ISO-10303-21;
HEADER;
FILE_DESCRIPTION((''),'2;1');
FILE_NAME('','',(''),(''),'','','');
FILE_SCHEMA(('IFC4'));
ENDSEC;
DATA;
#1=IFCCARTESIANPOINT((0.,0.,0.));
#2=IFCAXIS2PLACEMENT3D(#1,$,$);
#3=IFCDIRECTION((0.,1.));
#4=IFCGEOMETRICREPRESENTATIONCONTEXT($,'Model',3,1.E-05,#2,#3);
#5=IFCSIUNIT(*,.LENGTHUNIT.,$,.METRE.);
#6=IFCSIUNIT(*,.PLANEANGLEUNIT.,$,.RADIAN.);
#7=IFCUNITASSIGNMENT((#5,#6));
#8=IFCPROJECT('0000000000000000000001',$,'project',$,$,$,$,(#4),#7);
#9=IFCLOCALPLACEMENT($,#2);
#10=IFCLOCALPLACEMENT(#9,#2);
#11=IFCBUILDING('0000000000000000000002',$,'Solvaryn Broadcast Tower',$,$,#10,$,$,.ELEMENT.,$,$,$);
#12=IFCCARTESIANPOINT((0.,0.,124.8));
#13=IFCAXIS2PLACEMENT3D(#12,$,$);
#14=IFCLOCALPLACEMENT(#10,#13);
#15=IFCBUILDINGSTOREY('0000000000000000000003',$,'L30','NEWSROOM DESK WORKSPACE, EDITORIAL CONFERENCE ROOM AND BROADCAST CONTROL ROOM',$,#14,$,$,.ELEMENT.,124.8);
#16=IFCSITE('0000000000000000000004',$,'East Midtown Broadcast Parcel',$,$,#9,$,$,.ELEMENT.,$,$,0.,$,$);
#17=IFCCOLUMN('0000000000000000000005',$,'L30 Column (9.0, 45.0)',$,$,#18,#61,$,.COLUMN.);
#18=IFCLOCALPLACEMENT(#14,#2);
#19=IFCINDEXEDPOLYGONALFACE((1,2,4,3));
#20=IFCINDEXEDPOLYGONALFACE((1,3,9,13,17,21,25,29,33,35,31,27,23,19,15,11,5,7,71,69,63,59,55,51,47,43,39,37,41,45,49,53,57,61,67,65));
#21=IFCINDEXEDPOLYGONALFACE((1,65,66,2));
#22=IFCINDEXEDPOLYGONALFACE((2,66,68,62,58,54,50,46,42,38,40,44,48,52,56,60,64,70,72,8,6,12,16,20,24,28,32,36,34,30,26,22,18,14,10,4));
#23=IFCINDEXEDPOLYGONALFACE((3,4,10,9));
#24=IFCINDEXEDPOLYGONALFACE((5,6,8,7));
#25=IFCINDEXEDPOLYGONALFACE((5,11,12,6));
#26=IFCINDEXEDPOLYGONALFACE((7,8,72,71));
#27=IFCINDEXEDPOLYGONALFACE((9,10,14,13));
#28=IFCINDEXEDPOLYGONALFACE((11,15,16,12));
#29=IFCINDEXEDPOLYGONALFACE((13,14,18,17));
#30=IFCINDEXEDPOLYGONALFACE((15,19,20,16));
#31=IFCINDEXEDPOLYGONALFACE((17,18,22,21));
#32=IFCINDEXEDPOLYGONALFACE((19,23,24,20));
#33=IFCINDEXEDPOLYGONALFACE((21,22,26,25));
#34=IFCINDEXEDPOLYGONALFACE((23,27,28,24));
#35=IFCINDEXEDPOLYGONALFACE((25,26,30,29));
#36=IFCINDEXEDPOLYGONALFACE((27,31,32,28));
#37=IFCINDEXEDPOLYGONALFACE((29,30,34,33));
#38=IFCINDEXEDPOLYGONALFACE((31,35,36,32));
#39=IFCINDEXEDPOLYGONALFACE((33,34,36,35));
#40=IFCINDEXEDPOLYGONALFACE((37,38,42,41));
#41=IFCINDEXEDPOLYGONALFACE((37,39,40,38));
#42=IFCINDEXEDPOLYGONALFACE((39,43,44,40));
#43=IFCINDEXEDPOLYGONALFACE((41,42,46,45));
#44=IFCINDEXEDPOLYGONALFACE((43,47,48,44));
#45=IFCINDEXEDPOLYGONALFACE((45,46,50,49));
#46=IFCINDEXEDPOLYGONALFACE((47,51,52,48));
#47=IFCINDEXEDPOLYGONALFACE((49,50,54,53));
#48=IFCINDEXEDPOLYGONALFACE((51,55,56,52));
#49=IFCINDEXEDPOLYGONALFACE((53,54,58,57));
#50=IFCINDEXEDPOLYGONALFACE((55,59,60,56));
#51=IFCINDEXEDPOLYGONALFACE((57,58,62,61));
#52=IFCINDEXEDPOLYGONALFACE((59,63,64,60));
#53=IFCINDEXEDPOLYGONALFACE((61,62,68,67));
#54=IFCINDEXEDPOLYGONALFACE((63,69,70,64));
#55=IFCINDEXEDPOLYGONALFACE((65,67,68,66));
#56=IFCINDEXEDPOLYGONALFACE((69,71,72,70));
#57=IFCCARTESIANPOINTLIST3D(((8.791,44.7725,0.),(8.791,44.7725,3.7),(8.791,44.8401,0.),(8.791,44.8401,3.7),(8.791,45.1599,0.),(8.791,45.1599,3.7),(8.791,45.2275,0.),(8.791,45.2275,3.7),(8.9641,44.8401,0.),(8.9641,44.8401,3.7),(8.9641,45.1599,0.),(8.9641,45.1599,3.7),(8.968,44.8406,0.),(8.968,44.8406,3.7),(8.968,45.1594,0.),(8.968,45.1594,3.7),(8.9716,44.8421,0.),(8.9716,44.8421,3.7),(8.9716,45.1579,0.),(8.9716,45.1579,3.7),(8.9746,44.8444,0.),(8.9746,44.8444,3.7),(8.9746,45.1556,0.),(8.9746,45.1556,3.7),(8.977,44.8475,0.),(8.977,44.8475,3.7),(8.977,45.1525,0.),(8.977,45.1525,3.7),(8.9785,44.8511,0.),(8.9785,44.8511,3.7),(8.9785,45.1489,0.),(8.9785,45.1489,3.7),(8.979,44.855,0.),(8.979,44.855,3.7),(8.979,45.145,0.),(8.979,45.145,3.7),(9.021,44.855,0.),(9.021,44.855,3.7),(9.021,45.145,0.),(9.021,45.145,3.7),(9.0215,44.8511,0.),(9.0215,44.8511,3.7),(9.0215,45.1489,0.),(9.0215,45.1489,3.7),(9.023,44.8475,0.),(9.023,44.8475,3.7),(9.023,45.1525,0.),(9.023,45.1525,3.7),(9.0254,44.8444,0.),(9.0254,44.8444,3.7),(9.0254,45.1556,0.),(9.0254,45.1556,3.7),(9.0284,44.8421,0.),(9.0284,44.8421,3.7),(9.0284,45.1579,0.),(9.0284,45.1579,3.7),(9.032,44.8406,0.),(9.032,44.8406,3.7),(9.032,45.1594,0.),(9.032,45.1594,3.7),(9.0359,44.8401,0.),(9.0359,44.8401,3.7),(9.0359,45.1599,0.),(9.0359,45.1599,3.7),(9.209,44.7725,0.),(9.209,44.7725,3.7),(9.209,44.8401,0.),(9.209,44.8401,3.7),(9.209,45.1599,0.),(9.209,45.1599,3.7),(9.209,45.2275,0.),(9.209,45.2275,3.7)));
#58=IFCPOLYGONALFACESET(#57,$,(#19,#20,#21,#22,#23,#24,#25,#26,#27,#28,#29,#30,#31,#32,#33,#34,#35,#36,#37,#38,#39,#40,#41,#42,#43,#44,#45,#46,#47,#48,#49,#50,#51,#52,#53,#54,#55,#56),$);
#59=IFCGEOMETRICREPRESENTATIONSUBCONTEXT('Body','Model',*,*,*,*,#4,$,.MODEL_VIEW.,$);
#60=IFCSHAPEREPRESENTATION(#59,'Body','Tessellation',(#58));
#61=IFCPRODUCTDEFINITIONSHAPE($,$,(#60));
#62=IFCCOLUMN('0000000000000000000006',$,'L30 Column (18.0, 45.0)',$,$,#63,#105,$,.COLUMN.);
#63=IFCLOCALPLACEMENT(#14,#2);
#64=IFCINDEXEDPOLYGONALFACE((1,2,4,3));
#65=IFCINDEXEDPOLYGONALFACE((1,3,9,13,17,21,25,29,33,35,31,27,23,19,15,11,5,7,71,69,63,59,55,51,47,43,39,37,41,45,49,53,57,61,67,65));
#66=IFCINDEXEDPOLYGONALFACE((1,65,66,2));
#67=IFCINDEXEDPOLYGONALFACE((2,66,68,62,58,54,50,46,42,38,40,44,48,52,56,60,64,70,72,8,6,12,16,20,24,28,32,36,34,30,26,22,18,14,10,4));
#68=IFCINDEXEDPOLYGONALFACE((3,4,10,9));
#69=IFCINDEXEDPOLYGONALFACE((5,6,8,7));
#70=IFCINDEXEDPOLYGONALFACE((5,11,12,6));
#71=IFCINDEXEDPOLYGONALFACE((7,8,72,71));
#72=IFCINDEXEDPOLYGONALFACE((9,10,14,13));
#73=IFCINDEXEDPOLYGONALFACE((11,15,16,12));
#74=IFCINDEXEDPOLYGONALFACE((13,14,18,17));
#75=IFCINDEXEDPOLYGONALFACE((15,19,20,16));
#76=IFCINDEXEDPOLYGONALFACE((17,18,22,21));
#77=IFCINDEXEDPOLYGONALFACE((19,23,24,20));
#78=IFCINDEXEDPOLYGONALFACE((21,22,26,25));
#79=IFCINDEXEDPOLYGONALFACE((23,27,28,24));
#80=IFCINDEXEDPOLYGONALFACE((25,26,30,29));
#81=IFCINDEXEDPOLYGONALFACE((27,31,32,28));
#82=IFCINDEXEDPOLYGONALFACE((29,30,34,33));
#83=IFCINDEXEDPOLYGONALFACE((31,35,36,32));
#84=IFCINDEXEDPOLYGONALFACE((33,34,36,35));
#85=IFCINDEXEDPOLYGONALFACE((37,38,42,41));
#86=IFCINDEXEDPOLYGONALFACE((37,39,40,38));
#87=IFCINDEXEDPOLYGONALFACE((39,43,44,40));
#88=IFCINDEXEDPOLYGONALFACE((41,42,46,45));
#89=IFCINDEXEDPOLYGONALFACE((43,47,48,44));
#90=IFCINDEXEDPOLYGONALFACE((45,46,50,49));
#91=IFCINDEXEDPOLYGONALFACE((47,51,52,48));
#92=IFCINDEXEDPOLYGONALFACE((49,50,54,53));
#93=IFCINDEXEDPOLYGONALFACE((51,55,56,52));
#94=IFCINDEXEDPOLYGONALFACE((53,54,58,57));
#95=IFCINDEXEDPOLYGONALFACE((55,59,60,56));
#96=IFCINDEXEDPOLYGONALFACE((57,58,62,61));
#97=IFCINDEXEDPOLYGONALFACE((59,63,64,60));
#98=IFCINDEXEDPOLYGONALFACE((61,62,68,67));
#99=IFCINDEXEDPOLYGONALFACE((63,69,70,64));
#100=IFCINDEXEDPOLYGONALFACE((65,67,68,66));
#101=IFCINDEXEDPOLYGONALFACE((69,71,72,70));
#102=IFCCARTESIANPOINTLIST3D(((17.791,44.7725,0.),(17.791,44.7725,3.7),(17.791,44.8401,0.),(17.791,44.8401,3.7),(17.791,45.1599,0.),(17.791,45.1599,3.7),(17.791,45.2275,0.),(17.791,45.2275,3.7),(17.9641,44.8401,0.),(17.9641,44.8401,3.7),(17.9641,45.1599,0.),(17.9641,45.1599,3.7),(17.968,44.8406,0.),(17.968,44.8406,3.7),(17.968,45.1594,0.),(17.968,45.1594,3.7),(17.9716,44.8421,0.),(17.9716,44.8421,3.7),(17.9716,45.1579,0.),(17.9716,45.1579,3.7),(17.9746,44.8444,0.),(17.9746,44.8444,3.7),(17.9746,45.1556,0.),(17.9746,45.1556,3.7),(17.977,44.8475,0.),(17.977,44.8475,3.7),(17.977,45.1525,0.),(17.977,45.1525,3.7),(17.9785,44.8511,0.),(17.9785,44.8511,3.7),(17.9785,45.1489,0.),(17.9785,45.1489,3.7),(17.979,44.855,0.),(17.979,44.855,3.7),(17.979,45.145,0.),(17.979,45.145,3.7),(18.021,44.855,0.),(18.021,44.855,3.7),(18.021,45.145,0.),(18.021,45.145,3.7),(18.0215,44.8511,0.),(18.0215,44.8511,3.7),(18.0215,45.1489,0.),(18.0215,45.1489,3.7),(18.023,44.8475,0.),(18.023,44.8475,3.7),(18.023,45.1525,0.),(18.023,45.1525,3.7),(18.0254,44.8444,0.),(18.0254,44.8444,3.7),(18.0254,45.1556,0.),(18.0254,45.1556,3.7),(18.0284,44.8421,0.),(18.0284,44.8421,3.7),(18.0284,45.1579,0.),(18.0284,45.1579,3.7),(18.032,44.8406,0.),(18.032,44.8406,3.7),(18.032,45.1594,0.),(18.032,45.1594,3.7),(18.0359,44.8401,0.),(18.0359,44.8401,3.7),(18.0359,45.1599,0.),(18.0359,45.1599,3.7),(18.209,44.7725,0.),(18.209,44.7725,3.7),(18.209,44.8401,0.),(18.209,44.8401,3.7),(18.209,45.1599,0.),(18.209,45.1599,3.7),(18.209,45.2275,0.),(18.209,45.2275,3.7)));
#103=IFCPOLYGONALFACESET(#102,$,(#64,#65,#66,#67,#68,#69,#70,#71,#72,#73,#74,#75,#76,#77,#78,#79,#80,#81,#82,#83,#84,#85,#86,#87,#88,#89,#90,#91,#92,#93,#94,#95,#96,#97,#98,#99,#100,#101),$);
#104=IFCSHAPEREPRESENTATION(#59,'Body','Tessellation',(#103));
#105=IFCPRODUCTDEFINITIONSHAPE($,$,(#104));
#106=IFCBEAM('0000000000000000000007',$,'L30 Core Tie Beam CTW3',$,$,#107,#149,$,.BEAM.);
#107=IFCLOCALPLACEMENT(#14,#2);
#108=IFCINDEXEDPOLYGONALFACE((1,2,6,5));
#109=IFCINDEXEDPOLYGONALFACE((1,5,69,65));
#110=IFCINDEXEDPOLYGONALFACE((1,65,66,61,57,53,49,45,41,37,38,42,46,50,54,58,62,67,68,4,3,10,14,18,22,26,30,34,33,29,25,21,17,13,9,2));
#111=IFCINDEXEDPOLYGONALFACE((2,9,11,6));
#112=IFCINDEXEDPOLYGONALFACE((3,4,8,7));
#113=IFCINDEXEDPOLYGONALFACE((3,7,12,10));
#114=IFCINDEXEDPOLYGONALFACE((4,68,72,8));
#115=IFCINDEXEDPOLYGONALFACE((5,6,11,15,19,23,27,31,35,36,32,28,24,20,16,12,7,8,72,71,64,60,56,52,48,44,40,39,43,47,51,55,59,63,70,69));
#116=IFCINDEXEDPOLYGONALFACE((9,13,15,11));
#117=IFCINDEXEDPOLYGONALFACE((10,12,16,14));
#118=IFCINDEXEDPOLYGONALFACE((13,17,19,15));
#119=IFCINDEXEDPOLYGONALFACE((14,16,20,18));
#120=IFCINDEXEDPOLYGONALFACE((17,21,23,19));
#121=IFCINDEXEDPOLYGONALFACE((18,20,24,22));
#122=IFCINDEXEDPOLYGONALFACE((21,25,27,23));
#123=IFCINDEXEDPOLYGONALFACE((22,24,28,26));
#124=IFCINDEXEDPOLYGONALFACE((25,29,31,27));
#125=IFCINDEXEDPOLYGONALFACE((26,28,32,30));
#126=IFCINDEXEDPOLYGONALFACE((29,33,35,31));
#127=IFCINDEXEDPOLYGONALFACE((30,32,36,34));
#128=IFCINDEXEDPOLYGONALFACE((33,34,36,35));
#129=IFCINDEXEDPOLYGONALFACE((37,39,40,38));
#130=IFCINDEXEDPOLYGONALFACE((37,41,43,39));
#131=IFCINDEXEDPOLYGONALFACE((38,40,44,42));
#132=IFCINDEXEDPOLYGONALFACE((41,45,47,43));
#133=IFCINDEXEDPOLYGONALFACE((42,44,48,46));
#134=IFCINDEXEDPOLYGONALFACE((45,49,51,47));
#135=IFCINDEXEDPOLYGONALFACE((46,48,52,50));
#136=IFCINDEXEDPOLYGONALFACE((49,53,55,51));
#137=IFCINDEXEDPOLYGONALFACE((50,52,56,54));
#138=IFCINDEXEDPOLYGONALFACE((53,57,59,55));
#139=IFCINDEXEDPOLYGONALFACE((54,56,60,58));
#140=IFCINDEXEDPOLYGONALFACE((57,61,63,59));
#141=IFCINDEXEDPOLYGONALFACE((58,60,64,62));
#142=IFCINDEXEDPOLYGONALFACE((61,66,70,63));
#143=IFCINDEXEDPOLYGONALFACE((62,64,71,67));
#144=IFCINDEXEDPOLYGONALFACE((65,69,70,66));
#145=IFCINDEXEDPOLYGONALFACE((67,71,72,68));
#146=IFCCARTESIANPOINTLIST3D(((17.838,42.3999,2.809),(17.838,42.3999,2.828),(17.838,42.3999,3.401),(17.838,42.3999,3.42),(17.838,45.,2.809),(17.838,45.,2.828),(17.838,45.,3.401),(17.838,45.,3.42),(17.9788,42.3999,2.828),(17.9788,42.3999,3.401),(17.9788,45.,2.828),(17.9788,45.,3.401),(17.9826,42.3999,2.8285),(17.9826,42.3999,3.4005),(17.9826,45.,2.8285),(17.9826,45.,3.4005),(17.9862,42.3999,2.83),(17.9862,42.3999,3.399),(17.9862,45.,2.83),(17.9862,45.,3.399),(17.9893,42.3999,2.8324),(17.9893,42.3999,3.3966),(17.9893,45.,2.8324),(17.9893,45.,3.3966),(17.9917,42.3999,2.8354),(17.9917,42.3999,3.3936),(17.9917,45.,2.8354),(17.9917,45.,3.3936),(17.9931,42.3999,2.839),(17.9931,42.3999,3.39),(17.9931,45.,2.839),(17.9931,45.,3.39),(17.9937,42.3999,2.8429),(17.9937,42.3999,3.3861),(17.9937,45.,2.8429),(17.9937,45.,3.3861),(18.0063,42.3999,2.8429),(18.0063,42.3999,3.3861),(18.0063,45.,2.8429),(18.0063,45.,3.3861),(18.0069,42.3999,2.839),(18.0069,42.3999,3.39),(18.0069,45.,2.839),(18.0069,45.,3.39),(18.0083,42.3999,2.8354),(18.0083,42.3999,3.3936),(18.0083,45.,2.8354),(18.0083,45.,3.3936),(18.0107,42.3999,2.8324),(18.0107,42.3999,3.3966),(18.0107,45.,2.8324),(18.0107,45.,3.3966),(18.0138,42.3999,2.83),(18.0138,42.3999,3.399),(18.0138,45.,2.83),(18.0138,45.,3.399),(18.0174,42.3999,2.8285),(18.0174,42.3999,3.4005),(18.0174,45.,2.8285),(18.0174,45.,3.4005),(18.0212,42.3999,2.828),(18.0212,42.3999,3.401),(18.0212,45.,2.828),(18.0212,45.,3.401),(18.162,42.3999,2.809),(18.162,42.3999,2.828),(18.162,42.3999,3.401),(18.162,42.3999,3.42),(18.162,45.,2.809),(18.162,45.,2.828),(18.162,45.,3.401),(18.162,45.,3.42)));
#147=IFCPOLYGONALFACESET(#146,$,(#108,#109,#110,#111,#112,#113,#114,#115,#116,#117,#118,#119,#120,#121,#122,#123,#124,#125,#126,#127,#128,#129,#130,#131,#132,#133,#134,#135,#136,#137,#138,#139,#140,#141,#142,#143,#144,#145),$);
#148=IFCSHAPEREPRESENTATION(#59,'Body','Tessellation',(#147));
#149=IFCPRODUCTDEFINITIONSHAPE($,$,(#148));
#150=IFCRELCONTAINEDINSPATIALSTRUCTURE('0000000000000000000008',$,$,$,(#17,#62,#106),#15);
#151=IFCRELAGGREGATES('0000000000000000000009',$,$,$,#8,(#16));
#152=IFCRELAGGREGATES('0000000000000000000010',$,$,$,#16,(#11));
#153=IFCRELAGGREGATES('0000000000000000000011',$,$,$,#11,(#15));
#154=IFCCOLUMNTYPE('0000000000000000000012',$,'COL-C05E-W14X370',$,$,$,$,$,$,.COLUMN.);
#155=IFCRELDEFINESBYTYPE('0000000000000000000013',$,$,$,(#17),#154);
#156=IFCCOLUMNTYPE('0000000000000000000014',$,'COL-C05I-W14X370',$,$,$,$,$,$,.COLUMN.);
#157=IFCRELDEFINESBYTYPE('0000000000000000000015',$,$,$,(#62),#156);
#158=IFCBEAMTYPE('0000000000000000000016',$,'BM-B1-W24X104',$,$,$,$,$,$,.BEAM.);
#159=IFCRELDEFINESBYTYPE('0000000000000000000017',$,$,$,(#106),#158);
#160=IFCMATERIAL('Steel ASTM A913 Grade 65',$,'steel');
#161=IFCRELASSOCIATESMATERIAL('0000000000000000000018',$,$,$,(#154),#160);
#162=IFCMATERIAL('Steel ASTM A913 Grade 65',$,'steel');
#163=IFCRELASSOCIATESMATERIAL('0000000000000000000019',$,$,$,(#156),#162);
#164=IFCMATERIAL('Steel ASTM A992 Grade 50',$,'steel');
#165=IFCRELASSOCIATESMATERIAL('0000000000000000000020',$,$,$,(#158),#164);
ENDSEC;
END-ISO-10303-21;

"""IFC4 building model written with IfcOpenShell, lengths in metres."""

from ifc_helpers import new_model, si_unit, direction, frame, origin, origin_2d, place, context, subcontext, project, spatial, i_section, extrude, material, material_profile, profile_set, type_object, element, save


model = new_model("IFC4")

# Units and contexts
model_context = context("Model", 3, precision=1e-05, world=origin(), true_north=direction((0.0, 1.0)))
body_context = subcontext(model_context, "Body", "Model", "MODEL_VIEW")
ifc_project = project(units=[si_unit("LENGTHUNIT", "METRE"), si_unit("PLANEANGLEUNIT", "RADIAN")], contexts=[model_context])

# Site, building, storey
site_placement = place(None, origin())
site = spatial("IfcSite", under=ifc_project, at=site_placement, Name="East Midtown Broadcast Parcel", CompositionType="ELEMENT", RefElevation=0.0)
building_placement = place(site_placement, origin())
building = spatial("IfcBuilding", under=site, at=building_placement, Name="Solvaryn Broadcast Tower", CompositionType="ELEMENT")
storey_placement = place(building_placement, frame((0.0, 0.0, 124.8)))
storey = spatial("IfcBuildingStorey", under=building, at=storey_placement, Name="L30", Description="NEWSROOM DESK WORKSPACE, EDITORIAL CONFERENCE ROOM AND BROADCAST CONTROL ROOM", CompositionType="ELEMENT", Elevation=124.8)

# Columns
ifc_material_1 = material(Name="Steel ASTM A913 Grade 65", Category="steel")
ifc_material_profile_1 = material_profile(ifc_material_1, i_section(OverallWidth=0.418, OverallDepth=0.4551, WebThickness=0.042, FlangeThickness=0.0676, FilletRadius=0.0149, at=origin_2d()))
ifc_profile_set_1 = profile_set([ifc_material_profile_1], Name="Steel ASTM A913 Grade 65")
column_type_1 = type_object("IfcColumnType", Name="COL-C05E-W14X370", PredefinedType="COLUMN", material=ifc_profile_set_1)
column_1_placement = place(storey_placement, frame((9.0, 45.0, 0.0), z_axis=(0.0, 0.0, 1.0), x_axis=(1.0, 0.0, 0.0)))
element("IfcColumn", 1, at=column_1_placement, inside=storey, type_object=column_type_1, Name="L30 Column (9.0, 45.0)", PredefinedType="COLUMN", context=body_context, shape_type="SweptSolid", body=[
    extrude(i_section(OverallWidth=0.418, OverallDepth=0.4551, WebThickness=0.042, FlangeThickness=0.0676, FilletRadius=0.0149, at=origin_2d()), origin(), (0.0, 0.0, 1.0), 3.7),
])
ifc_material_2 = material(Name="Steel ASTM A913 Grade 65", Category="steel")
ifc_material_profile_2 = material_profile(ifc_material_2, i_section(OverallWidth=0.418, OverallDepth=0.4551, WebThickness=0.042, FlangeThickness=0.0676, FilletRadius=0.0149, at=origin_2d()))
ifc_profile_set_2 = profile_set([ifc_material_profile_2], Name="Steel ASTM A913 Grade 65")
column_type_2 = type_object("IfcColumnType", Name="COL-C05I-W14X370", PredefinedType="COLUMN", material=ifc_profile_set_2)
column_2_placement = place(storey_placement, frame((18.0, 45.0, 0.0), z_axis=(0.0, 0.0, 1.0), x_axis=(1.0, 0.0, 0.0)))
element("IfcColumn", 2, at=column_2_placement, inside=storey, type_object=column_type_2, Name="L30 Column (18.0, 45.0)", PredefinedType="COLUMN", context=body_context, shape_type="SweptSolid", body=[
    extrude(i_section(OverallWidth=0.418, OverallDepth=0.4551, WebThickness=0.042, FlangeThickness=0.0676, FilletRadius=0.0149, at=origin_2d()), origin(), (0.0, 0.0, 1.0), 3.7),
])

# Beam
ifc_material_3 = material(Name="Steel ASTM A992 Grade 50", Category="steel")
ifc_material_profile_3 = material_profile(ifc_material_3, i_section(OverallWidth=0.324, OverallDepth=0.6111, WebThickness=0.0127, FlangeThickness=0.019, FilletRadius=0.0149, at=origin_2d()))
ifc_profile_set_3 = profile_set([ifc_material_profile_3], Name="Steel ASTM A992 Grade 50")
beam_type_1 = type_object("IfcBeamType", Name="BM-B1-W24X104", PredefinedType="BEAM", material=ifc_profile_set_3)
beam_1_placement = place(storey_placement, frame((18.0, 42.3999, 3.1145), z_axis=(0.0, 1.0, 0.0), x_axis=(-1.0, 0.0, 0.0)))
element("IfcBeam", 3, at=beam_1_placement, inside=storey, type_object=beam_type_1, Name="L30 Core Tie Beam CTW3", PredefinedType="BEAM", context=body_context, shape_type="SweptSolid", body=[
    extrude(i_section(OverallWidth=0.324, OverallDepth=0.6111, WebThickness=0.0127, FlangeThickness=0.019, FilletRadius=0.0149, at=origin_2d()), origin(), (0.0, 0.0, 1.0), 2.6001),
])

save(model, "model.ifc")
